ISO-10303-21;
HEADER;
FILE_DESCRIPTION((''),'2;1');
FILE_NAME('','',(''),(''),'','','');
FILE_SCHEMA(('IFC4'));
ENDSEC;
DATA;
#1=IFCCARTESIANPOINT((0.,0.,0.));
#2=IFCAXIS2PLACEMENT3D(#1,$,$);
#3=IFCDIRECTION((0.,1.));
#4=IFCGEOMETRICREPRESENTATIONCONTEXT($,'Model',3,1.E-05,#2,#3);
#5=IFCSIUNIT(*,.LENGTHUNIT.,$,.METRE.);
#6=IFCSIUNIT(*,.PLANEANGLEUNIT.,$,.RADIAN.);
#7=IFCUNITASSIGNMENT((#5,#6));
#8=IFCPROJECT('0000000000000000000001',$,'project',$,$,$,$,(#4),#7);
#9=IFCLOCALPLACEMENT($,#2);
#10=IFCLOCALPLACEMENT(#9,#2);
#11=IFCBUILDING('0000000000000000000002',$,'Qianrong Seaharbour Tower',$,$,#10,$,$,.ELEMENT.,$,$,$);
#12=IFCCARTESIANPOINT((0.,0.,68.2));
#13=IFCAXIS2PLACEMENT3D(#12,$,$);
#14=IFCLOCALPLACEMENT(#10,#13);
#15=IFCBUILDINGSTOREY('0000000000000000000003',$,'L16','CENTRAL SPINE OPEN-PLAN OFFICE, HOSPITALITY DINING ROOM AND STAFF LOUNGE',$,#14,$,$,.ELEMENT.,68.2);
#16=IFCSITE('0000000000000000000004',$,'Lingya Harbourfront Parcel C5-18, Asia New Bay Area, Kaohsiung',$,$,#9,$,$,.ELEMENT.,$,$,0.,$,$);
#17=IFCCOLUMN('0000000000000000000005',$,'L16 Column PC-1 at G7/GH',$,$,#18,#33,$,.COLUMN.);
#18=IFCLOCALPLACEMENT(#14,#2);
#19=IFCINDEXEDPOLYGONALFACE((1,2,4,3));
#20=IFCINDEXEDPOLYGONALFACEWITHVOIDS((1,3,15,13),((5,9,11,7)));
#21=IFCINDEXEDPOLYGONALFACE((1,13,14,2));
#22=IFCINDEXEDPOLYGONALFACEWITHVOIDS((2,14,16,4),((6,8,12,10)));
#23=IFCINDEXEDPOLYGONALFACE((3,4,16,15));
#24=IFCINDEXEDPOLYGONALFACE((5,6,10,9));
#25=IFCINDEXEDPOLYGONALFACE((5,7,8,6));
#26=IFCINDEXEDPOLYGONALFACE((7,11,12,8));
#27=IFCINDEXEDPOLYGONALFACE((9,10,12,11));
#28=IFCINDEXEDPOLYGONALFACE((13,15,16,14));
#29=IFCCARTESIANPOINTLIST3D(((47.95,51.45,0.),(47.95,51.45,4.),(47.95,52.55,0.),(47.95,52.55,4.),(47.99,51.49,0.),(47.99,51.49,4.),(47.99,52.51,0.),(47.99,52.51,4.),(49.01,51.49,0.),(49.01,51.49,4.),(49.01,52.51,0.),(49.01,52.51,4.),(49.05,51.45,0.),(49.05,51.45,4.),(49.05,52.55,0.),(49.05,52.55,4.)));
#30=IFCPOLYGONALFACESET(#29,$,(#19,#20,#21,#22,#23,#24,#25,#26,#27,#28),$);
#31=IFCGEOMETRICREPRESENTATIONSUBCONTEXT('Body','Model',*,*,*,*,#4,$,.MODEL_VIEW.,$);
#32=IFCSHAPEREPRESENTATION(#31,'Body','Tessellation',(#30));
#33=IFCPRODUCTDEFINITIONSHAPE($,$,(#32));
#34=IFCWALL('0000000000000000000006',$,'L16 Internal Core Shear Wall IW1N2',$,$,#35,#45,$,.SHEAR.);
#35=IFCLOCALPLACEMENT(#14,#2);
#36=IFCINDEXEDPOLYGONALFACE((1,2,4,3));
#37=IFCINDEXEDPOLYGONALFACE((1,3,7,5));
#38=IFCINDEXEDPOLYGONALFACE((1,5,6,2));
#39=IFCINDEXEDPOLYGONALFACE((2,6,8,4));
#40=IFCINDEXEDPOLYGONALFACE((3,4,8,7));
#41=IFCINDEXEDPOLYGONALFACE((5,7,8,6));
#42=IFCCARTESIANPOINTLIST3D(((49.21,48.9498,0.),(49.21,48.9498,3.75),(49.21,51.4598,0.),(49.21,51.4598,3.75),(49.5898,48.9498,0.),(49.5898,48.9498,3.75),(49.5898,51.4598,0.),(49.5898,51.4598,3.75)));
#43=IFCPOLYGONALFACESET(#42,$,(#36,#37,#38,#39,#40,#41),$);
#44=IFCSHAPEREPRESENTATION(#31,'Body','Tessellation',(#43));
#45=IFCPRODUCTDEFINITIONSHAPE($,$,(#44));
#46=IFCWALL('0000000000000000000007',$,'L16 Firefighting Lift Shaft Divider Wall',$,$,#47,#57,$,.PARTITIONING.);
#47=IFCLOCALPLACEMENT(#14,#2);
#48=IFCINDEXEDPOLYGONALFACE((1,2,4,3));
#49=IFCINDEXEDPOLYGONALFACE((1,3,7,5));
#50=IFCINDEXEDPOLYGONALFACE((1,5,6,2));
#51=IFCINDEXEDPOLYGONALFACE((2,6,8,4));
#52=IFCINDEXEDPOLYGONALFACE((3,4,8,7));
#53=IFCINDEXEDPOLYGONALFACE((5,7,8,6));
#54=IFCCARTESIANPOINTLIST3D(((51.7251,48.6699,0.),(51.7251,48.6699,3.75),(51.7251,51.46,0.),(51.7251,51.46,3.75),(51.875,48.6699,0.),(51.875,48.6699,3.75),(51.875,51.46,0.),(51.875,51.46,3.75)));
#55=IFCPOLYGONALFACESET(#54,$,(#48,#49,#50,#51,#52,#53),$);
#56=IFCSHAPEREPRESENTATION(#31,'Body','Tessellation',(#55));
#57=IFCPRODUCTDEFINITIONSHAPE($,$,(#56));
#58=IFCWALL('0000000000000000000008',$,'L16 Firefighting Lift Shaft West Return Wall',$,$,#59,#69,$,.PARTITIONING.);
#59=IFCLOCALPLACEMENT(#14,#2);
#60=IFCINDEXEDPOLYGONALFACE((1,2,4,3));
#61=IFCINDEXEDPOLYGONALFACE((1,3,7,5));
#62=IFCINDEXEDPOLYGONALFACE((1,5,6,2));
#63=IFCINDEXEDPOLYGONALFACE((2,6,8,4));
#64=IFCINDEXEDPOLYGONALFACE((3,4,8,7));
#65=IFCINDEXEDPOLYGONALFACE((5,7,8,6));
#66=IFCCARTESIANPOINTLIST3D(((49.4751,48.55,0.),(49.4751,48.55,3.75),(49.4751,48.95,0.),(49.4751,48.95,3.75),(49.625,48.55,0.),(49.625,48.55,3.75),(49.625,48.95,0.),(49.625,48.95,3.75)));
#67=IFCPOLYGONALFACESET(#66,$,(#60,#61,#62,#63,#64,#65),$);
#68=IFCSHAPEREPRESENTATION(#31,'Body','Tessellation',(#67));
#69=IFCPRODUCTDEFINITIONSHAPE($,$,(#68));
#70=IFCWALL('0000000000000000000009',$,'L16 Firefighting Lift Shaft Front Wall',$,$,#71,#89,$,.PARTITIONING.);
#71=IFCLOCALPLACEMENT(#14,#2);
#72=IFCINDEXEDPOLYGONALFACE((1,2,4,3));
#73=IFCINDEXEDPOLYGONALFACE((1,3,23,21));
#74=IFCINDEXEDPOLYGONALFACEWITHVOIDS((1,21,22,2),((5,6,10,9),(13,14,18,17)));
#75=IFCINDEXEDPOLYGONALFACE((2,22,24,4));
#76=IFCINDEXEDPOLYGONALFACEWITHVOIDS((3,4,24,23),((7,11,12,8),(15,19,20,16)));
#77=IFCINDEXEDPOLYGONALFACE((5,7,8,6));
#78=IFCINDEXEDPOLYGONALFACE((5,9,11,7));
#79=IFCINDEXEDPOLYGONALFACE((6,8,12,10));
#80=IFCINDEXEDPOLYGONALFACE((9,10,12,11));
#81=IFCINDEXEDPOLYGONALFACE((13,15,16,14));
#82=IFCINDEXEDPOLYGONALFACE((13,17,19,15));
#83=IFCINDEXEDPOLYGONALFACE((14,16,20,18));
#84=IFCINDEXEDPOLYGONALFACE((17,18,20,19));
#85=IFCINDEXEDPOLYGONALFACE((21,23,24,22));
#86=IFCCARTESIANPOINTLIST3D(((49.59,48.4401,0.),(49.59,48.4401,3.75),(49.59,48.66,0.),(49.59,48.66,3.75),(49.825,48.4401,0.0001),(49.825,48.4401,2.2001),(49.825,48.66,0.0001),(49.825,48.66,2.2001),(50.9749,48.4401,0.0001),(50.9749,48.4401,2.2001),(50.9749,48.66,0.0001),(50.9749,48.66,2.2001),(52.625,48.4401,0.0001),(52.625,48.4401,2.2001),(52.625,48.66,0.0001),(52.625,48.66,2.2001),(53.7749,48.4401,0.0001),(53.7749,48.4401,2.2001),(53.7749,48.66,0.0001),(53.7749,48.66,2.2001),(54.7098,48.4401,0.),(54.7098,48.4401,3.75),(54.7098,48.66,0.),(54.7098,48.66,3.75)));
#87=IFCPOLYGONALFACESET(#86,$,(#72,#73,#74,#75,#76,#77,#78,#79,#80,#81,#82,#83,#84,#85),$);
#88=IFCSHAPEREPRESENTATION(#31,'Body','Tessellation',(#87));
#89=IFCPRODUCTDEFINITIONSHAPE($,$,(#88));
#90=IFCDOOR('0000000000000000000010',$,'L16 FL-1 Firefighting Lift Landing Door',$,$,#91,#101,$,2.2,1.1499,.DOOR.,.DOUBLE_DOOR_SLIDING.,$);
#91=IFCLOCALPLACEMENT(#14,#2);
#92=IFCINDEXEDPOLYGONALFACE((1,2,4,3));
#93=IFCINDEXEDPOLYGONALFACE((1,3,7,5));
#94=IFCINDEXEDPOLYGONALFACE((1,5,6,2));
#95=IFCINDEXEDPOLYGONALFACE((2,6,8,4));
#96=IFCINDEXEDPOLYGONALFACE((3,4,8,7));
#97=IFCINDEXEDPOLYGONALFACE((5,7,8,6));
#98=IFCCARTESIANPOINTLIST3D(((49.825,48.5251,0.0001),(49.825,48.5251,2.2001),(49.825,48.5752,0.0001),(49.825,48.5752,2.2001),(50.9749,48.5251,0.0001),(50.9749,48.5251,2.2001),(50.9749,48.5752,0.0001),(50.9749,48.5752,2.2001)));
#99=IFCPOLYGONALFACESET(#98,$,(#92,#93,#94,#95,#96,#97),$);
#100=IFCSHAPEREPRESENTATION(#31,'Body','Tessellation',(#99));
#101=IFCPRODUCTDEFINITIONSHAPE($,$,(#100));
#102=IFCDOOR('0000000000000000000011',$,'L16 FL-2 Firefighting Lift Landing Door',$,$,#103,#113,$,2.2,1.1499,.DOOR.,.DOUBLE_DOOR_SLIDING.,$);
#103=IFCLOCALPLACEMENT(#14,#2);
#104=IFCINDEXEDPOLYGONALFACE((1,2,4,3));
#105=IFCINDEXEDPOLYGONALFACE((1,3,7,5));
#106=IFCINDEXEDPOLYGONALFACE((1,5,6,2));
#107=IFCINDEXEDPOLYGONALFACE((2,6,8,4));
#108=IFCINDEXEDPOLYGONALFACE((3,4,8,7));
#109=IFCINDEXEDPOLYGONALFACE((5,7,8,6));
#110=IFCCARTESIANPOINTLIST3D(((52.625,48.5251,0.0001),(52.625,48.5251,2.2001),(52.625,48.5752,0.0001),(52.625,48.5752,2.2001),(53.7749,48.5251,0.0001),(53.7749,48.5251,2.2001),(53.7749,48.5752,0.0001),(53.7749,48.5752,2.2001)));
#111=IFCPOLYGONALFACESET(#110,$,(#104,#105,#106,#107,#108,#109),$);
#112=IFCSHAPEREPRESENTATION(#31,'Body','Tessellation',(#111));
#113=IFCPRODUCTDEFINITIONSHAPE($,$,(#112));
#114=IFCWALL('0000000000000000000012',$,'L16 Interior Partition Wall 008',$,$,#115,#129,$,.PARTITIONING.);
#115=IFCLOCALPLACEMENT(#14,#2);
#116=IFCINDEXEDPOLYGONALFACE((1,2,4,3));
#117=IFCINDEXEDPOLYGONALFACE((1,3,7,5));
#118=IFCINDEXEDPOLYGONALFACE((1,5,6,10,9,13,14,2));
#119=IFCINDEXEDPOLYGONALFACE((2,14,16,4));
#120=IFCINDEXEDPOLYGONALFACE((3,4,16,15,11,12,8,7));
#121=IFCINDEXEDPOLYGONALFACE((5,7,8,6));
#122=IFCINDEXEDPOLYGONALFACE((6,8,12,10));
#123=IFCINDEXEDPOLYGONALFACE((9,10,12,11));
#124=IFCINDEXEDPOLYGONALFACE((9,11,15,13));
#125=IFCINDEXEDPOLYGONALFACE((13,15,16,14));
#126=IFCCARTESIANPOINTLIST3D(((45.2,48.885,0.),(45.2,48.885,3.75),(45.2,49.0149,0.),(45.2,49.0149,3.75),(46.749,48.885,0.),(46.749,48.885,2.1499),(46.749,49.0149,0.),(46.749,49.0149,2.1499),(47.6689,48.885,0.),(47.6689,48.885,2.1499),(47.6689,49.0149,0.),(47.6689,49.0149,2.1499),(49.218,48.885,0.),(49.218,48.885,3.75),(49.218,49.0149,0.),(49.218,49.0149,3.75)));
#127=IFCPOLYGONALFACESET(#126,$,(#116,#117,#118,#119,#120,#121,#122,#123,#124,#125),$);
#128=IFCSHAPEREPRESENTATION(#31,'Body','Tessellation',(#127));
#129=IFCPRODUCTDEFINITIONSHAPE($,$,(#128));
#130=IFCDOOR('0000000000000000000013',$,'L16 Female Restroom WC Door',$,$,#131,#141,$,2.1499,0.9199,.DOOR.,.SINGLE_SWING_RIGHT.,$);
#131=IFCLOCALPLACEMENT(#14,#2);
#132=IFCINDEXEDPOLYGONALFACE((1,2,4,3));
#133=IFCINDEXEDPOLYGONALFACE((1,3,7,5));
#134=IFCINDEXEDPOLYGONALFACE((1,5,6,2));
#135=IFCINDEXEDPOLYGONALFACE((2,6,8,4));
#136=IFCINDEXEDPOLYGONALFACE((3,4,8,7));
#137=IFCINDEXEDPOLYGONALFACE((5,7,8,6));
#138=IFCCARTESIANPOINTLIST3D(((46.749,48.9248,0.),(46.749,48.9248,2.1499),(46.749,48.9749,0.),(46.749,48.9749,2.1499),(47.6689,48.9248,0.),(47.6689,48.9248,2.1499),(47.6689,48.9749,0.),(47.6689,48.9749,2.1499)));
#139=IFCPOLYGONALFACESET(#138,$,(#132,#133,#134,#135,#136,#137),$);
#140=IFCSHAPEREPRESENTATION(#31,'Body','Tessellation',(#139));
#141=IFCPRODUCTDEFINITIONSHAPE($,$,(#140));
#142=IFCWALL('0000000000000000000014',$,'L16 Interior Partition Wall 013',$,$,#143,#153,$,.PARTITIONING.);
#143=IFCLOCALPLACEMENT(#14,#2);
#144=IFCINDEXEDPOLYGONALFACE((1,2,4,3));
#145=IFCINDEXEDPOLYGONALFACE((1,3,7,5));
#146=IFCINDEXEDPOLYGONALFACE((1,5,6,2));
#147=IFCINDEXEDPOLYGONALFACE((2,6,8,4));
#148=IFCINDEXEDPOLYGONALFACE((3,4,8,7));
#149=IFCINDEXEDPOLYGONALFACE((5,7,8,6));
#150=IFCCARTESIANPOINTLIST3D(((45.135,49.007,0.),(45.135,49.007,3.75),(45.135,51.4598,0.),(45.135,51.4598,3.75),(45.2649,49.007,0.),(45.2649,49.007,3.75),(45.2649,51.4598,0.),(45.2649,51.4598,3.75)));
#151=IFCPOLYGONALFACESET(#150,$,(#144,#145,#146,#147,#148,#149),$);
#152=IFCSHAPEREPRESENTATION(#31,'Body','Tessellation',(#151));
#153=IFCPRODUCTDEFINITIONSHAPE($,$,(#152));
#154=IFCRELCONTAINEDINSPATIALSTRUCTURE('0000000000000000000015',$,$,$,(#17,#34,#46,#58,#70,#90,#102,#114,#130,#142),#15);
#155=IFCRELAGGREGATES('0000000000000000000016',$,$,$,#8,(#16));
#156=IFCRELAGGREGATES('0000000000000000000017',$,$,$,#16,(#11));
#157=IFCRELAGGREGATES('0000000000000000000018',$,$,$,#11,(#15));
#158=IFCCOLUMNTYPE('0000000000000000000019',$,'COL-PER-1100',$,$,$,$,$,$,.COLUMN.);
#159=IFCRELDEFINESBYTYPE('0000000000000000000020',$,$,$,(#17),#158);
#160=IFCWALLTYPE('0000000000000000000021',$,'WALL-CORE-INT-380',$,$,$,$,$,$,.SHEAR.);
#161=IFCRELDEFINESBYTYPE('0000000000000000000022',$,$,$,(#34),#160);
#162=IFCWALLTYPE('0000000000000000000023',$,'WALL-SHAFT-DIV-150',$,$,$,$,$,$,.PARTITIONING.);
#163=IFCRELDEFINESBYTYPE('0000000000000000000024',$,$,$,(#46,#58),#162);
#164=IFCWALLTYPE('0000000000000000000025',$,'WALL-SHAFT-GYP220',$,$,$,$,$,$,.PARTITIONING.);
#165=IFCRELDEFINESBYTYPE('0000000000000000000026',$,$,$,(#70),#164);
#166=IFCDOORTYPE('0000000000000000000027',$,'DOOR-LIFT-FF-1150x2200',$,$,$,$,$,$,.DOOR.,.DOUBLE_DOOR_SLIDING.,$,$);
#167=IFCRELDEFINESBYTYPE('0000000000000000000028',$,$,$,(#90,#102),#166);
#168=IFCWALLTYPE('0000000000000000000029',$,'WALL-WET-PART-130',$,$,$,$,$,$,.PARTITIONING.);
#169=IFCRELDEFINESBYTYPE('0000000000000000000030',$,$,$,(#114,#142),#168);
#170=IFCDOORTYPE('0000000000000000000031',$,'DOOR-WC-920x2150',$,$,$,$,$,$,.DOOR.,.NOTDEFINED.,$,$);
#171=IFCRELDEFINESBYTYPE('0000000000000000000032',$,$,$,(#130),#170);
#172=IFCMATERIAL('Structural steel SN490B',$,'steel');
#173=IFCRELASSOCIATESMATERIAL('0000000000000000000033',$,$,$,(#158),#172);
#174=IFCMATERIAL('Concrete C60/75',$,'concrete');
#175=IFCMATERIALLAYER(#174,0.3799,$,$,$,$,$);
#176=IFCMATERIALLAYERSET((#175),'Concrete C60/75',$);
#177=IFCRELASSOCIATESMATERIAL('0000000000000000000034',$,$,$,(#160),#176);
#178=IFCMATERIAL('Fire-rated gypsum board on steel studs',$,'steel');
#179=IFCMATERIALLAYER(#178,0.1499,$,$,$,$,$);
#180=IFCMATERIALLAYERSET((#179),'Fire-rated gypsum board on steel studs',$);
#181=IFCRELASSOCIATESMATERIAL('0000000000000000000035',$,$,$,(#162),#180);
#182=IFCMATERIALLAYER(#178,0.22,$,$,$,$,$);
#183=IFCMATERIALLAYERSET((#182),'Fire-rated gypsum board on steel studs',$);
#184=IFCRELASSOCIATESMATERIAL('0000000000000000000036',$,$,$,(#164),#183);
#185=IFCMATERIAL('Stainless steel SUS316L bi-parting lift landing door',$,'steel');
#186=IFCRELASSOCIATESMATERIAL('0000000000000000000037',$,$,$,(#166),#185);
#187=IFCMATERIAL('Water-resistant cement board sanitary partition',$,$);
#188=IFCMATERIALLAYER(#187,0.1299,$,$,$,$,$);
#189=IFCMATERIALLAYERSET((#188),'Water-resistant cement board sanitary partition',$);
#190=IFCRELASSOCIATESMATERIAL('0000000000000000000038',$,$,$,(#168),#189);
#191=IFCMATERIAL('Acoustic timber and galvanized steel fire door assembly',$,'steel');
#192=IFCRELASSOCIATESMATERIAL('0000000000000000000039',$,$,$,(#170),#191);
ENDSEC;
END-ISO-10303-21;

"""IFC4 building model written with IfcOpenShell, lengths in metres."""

from ifc_helpers import new_model, si_unit, direction, frame, frame_2d, origin, origin_2d, place, context, subcontext, project, spatial, rectangle, hollow_rectangle, extrude, material, layer, layer_set, material_profile, profile_set, type_object, element, fill, save


model = new_model("IFC4")

# Units and contexts
model_context = context("Model", 3, precision=1e-05, world=origin(), true_north=direction((0.0, 1.0)))
body_context = subcontext(model_context, "Body", "Model", "MODEL_VIEW")
ifc_project = project(units=[si_unit("LENGTHUNIT", "METRE"), si_unit("PLANEANGLEUNIT", "RADIAN")], contexts=[model_context])

# Site, building, storey
site_placement = place(None, origin())
site = spatial("IfcSite", under=ifc_project, at=site_placement, Name="Lingya Harbourfront Parcel C5-18, Asia New Bay Area, Kaohsiung", CompositionType="ELEMENT", RefElevation=0.0)
building_placement = place(site_placement, origin())
building = spatial("IfcBuilding", under=site, at=building_placement, Name="Qianrong Seaharbour Tower", CompositionType="ELEMENT")
storey_placement = place(building_placement, frame((0.0, 0.0, 68.2)))
storey = spatial("IfcBuildingStorey", under=building, at=storey_placement, Name="L16", Description="CENTRAL SPINE OPEN-PLAN OFFICE, HOSPITALITY DINING ROOM AND STAFF LOUNGE", CompositionType="ELEMENT", Elevation=68.2)

# Column
ifc_material_1 = material(Name="Structural steel SN490B", Category="steel")
ifc_material_profile = material_profile(ifc_material_1, hollow_rectangle(XDim=1.1001, YDim=1.1001, WallThickness=0.04, at=origin_2d()), Name="BOX1100x1100x40")
ifc_profile_set = profile_set([ifc_material_profile], Name="Structural steel SN490B")
column_type = type_object("IfcColumnType", Name="COL-PER-1100", PredefinedType="COLUMN", material=ifc_profile_set)
column_placement = place(storey_placement, frame((48.5, 52.0, 0.0), z_axis=(0.0, 0.0, 1.0), x_axis=(1.0, 0.0, 0.0)))
element("IfcColumn", 1, at=column_placement, inside=storey, type_object=column_type, Name="L16 Column PC-1 at G7/GH", PredefinedType="COLUMN", context=body_context, shape_type="SweptSolid", body=[
    extrude(hollow_rectangle(XDim=1.1001, YDim=1.1001, WallThickness=0.04, at=origin_2d()), origin(), (0.0, 0.0, 1.0), 4.0),
])

# Wall
ifc_material_2 = material(Name="Concrete C60/75", Category="concrete")
ifc_layer_1 = layer(ifc_material_2, 0.3799)
ifc_layer_set_1 = layer_set([ifc_layer_1], Name="Concrete C60/75")
wall_type_1 = type_object("IfcWallType", Name="WALL-CORE-INT-380", PredefinedType="SHEAR", material=ifc_layer_set_1)
wall_1_placement = place(storey_placement, frame((49.3999, 48.95, 0.0), z_axis=(0.0, 0.0, 1.0), x_axis=(0.0, 1.0, 0.0)))
element("IfcWall", 2, at=wall_1_placement, inside=storey, type_object=wall_type_1, Name="L16 Internal Core Shear Wall IW1N2", PredefinedType="SHEAR", context=body_context, shape_type="SweptSolid", body=[
    extrude(rectangle(XDim=2.51, YDim=0.3799, at=frame_2d((1.2549, 0.0))), origin(), (0.0, 0.0, 1.0), 3.75),
])

# Shared definitions
ifc_material_3 = material(Name="Acoustic timber and galvanized steel fire door assembly", Category="steel")

# Walls
ifc_material_4 = material(Name="Fire-rated gypsum board on steel studs", Category="steel")
ifc_layer_2 = layer(ifc_material_4, 0.1499)
ifc_layer_set_2 = layer_set([ifc_layer_2], Name="Fire-rated gypsum board on steel studs")
wall_type_2 = type_object("IfcWallType", Name="WALL-SHAFT-DIV-150", PredefinedType="PARTITIONING", material=ifc_layer_set_2)
wall_2_placement = place(storey_placement, frame((51.8, 48.6699, 0.0), z_axis=(0.0, 0.0, 1.0), x_axis=(0.0, 1.0, 0.0)))
element("IfcWall", 3, at=wall_2_placement, inside=storey, type_object=wall_type_2, Name="L16 Firefighting Lift Shaft Divider Wall", PredefinedType="PARTITIONING", context=body_context, shape_type="SweptSolid", body=[
    extrude(rectangle(XDim=2.79, YDim=0.1499, at=frame_2d((1.395, 0.0))), origin(), (0.0, 0.0, 1.0), 3.75),
])
wall_3_placement = place(storey_placement, frame((49.55, 48.55, 0.0), z_axis=(0.0, 0.0, 1.0), x_axis=(0.0, 1.0, 0.0)))
element("IfcWall", 4, at=wall_3_placement, inside=storey, type_object=wall_type_2, Name="L16 Firefighting Lift Shaft West Return Wall", PredefinedType="PARTITIONING", context=body_context, shape_type="SweptSolid", body=[
    extrude(rectangle(XDim=0.3999, YDim=0.1499, at=frame_2d((0.2, 0.0))), origin(), (0.0, 0.0, 1.0), 3.75),
])

# Wall, openings, doors
ifc_layer_3 = layer(ifc_material_4, 0.22)
ifc_layer_set_3 = layer_set([ifc_layer_3], Name="Fire-rated gypsum board on steel studs")
wall_type_3 = type_object("IfcWallType", Name="WALL-SHAFT-GYP220", PredefinedType="PARTITIONING", material=ifc_layer_set_3)
wall_4_placement = place(storey_placement, frame((54.71, 48.55, 0.0), z_axis=(0.0, 0.0, 1.0), x_axis=(-1.0, 0.0, 0.0)))
wall_4 = element("IfcWall", 5, at=wall_4_placement, inside=storey, type_object=wall_type_3, Name="L16 Firefighting Lift Shaft Front Wall", PredefinedType="PARTITIONING", context=body_context, shape_type="SweptSolid", body=[
    extrude(rectangle(XDim=5.1199, YDim=0.22, at=frame_2d((2.5601, 0.0))), origin(), (0.0, 0.0, 1.0), 3.75),
])
opening_1_placement = place(wall_4_placement, frame((3.7351, 0.0, 0.0)))
opening_1 = element("IfcOpeningElement", 6, at=opening_1_placement, cuts=wall_4, PredefinedType="OPENING", context=body_context, shape_type="SweptSolid", body=[
    extrude(rectangle(XDim=1.1499, YDim=2.2, at=frame_2d((0.575, 1.1001))), frame((0.0, 0.1201, 0.0), z_axis=(0.0, -1.0, 0.0), x_axis=(1.0, 0.0, 0.0)), (0.0, 0.0, 1.0), 0.24),
])
opening_2_placement = place(wall_4_placement, frame((0.9351, 0.0, 0.0)))
opening_2 = element("IfcOpeningElement", 7, at=opening_2_placement, cuts=wall_4, PredefinedType="OPENING", context=body_context, shape_type="SweptSolid", body=[
    extrude(rectangle(XDim=1.1499, YDim=2.2, at=frame_2d((0.575, 1.1001))), frame((0.0, 0.1201, 0.0), z_axis=(0.0, -1.0, 0.0), x_axis=(1.0, 0.0, 0.0)), (0.0, 0.0, 1.0), 0.24),
])
ifc_material_5 = material(Name="Stainless steel SUS316L bi-parting lift landing door", Category="steel")
door_type_1 = type_object("IfcDoorType", Name="DOOR-LIFT-FF-1150x2200", OperationType="DOUBLE_DOOR_SLIDING", PredefinedType="DOOR", material=ifc_material_5)
door_1_placement = place(opening_1_placement, origin())
door_1 = element("IfcDoor", 8, at=door_1_placement, inside=storey, type_object=door_type_1, Name="L16 FL-1 Firefighting Lift Landing Door", OperationType="DOUBLE_DOOR_SLIDING", OverallHeight=2.2, OverallWidth=1.1499, PredefinedType="DOOR", context=body_context, shape_type="SweptSolid", body=[
    extrude(rectangle(XDim=1.1499, YDim=2.2, at=frame_2d((0.575, 1.1001))), frame((0.0, 0.0249, 0.0), z_axis=(0.0, -1.0, 0.0), x_axis=(1.0, 0.0, 0.0)), (0.0, 0.0, 1.0), 0.05),
])
fill(opening_1, door_1)
door_2_placement = place(opening_2_placement, origin())
door_2 = element("IfcDoor", 9, at=door_2_placement, inside=storey, type_object=door_type_1, Name="L16 FL-2 Firefighting Lift Landing Door", OperationType="DOUBLE_DOOR_SLIDING", OverallHeight=2.2, OverallWidth=1.1499, PredefinedType="DOOR", context=body_context, shape_type="SweptSolid", body=[
    extrude(rectangle(XDim=1.1499, YDim=2.2, at=frame_2d((0.575, 1.1001))), frame((0.0, 0.0249, 0.0), z_axis=(0.0, -1.0, 0.0), x_axis=(1.0, 0.0, 0.0)), (0.0, 0.0, 1.0), 0.05),
])
fill(opening_2, door_2)

# Wall, opening, door
ifc_material_6 = material(Name="Water-resistant cement board sanitary partition")
ifc_layer_4 = layer(ifc_material_6, 0.1299)
ifc_layer_set_4 = layer_set([ifc_layer_4], Name="Water-resistant cement board sanitary partition")
wall_type_4 = type_object("IfcWallType", Name="WALL-WET-PART-130", PredefinedType="PARTITIONING", material=ifc_layer_set_4)
wall_5_placement = place(storey_placement, frame((45.2, 48.95, 0.0), z_axis=(0.0, 0.0, 1.0), x_axis=(1.0, 0.0, 0.0)))
wall_5 = element("IfcWall", 10, at=wall_5_placement, inside=storey, type_object=wall_type_4, Name="L16 Interior Partition Wall 008", PredefinedType="PARTITIONING", context=body_context, shape_type="SweptSolid", body=[
    extrude(rectangle(XDim=4.0181, YDim=0.1299, at=frame_2d((2.009, 0.0))), origin(), (0.0, 0.0, 1.0), 3.75),
])
opening_3_placement = place(wall_5_placement, frame((1.5491, 0.0, 0.0)))
opening_3 = element("IfcOpeningElement", 11, at=opening_3_placement, cuts=wall_5, PredefinedType="OPENING", context=body_context, shape_type="SweptSolid", body=[
    extrude(rectangle(XDim=0.9199, YDim=2.1499, at=frame_2d((0.46, 1.075))), frame((0.0, 0.075, 0.0), z_axis=(0.0, -1.0, 0.0), x_axis=(1.0, 0.0, 0.0)), (0.0, 0.0, 1.0), 0.1499),
])
door_type_2 = type_object("IfcDoorType", Name="DOOR-WC-920x2150", OperationType="NOTDEFINED", PredefinedType="DOOR", material=ifc_material_3)
door_3_placement = place(opening_3_placement, origin())
door_3 = element("IfcDoor", 12, at=door_3_placement, inside=storey, type_object=door_type_2, Name="L16 Female Restroom WC Door", OperationType="SINGLE_SWING_RIGHT", OverallHeight=2.1499, OverallWidth=0.9199, PredefinedType="DOOR", context=body_context, shape_type="SweptSolid", body=[
    extrude(rectangle(XDim=0.9199, YDim=2.1499, at=frame_2d((0.46, 1.075))), frame((0.0, 0.0249, 0.0), z_axis=(0.0, -1.0, 0.0), x_axis=(1.0, 0.0, 0.0)), (0.0, 0.0, 1.0), 0.05),
])
fill(opening_3, door_3)

# Wall
wall_6_placement = place(storey_placement, frame((45.2, 51.46, 0.0), z_axis=(0.0, 0.0, 1.0), x_axis=(0.0, -1.0, 0.0)))
element("IfcWall", 13, at=wall_6_placement, inside=storey, type_object=wall_type_4, Name="L16 Interior Partition Wall 013", PredefinedType="PARTITIONING", context=body_context, shape_type="SweptSolid", body=[
    extrude(rectangle(XDim=2.4529, YDim=0.1299, at=frame_2d((1.2266, 0.0))), origin(), (0.0, 0.0, 1.0), 3.75),
])

save(model, "model.ifc")
